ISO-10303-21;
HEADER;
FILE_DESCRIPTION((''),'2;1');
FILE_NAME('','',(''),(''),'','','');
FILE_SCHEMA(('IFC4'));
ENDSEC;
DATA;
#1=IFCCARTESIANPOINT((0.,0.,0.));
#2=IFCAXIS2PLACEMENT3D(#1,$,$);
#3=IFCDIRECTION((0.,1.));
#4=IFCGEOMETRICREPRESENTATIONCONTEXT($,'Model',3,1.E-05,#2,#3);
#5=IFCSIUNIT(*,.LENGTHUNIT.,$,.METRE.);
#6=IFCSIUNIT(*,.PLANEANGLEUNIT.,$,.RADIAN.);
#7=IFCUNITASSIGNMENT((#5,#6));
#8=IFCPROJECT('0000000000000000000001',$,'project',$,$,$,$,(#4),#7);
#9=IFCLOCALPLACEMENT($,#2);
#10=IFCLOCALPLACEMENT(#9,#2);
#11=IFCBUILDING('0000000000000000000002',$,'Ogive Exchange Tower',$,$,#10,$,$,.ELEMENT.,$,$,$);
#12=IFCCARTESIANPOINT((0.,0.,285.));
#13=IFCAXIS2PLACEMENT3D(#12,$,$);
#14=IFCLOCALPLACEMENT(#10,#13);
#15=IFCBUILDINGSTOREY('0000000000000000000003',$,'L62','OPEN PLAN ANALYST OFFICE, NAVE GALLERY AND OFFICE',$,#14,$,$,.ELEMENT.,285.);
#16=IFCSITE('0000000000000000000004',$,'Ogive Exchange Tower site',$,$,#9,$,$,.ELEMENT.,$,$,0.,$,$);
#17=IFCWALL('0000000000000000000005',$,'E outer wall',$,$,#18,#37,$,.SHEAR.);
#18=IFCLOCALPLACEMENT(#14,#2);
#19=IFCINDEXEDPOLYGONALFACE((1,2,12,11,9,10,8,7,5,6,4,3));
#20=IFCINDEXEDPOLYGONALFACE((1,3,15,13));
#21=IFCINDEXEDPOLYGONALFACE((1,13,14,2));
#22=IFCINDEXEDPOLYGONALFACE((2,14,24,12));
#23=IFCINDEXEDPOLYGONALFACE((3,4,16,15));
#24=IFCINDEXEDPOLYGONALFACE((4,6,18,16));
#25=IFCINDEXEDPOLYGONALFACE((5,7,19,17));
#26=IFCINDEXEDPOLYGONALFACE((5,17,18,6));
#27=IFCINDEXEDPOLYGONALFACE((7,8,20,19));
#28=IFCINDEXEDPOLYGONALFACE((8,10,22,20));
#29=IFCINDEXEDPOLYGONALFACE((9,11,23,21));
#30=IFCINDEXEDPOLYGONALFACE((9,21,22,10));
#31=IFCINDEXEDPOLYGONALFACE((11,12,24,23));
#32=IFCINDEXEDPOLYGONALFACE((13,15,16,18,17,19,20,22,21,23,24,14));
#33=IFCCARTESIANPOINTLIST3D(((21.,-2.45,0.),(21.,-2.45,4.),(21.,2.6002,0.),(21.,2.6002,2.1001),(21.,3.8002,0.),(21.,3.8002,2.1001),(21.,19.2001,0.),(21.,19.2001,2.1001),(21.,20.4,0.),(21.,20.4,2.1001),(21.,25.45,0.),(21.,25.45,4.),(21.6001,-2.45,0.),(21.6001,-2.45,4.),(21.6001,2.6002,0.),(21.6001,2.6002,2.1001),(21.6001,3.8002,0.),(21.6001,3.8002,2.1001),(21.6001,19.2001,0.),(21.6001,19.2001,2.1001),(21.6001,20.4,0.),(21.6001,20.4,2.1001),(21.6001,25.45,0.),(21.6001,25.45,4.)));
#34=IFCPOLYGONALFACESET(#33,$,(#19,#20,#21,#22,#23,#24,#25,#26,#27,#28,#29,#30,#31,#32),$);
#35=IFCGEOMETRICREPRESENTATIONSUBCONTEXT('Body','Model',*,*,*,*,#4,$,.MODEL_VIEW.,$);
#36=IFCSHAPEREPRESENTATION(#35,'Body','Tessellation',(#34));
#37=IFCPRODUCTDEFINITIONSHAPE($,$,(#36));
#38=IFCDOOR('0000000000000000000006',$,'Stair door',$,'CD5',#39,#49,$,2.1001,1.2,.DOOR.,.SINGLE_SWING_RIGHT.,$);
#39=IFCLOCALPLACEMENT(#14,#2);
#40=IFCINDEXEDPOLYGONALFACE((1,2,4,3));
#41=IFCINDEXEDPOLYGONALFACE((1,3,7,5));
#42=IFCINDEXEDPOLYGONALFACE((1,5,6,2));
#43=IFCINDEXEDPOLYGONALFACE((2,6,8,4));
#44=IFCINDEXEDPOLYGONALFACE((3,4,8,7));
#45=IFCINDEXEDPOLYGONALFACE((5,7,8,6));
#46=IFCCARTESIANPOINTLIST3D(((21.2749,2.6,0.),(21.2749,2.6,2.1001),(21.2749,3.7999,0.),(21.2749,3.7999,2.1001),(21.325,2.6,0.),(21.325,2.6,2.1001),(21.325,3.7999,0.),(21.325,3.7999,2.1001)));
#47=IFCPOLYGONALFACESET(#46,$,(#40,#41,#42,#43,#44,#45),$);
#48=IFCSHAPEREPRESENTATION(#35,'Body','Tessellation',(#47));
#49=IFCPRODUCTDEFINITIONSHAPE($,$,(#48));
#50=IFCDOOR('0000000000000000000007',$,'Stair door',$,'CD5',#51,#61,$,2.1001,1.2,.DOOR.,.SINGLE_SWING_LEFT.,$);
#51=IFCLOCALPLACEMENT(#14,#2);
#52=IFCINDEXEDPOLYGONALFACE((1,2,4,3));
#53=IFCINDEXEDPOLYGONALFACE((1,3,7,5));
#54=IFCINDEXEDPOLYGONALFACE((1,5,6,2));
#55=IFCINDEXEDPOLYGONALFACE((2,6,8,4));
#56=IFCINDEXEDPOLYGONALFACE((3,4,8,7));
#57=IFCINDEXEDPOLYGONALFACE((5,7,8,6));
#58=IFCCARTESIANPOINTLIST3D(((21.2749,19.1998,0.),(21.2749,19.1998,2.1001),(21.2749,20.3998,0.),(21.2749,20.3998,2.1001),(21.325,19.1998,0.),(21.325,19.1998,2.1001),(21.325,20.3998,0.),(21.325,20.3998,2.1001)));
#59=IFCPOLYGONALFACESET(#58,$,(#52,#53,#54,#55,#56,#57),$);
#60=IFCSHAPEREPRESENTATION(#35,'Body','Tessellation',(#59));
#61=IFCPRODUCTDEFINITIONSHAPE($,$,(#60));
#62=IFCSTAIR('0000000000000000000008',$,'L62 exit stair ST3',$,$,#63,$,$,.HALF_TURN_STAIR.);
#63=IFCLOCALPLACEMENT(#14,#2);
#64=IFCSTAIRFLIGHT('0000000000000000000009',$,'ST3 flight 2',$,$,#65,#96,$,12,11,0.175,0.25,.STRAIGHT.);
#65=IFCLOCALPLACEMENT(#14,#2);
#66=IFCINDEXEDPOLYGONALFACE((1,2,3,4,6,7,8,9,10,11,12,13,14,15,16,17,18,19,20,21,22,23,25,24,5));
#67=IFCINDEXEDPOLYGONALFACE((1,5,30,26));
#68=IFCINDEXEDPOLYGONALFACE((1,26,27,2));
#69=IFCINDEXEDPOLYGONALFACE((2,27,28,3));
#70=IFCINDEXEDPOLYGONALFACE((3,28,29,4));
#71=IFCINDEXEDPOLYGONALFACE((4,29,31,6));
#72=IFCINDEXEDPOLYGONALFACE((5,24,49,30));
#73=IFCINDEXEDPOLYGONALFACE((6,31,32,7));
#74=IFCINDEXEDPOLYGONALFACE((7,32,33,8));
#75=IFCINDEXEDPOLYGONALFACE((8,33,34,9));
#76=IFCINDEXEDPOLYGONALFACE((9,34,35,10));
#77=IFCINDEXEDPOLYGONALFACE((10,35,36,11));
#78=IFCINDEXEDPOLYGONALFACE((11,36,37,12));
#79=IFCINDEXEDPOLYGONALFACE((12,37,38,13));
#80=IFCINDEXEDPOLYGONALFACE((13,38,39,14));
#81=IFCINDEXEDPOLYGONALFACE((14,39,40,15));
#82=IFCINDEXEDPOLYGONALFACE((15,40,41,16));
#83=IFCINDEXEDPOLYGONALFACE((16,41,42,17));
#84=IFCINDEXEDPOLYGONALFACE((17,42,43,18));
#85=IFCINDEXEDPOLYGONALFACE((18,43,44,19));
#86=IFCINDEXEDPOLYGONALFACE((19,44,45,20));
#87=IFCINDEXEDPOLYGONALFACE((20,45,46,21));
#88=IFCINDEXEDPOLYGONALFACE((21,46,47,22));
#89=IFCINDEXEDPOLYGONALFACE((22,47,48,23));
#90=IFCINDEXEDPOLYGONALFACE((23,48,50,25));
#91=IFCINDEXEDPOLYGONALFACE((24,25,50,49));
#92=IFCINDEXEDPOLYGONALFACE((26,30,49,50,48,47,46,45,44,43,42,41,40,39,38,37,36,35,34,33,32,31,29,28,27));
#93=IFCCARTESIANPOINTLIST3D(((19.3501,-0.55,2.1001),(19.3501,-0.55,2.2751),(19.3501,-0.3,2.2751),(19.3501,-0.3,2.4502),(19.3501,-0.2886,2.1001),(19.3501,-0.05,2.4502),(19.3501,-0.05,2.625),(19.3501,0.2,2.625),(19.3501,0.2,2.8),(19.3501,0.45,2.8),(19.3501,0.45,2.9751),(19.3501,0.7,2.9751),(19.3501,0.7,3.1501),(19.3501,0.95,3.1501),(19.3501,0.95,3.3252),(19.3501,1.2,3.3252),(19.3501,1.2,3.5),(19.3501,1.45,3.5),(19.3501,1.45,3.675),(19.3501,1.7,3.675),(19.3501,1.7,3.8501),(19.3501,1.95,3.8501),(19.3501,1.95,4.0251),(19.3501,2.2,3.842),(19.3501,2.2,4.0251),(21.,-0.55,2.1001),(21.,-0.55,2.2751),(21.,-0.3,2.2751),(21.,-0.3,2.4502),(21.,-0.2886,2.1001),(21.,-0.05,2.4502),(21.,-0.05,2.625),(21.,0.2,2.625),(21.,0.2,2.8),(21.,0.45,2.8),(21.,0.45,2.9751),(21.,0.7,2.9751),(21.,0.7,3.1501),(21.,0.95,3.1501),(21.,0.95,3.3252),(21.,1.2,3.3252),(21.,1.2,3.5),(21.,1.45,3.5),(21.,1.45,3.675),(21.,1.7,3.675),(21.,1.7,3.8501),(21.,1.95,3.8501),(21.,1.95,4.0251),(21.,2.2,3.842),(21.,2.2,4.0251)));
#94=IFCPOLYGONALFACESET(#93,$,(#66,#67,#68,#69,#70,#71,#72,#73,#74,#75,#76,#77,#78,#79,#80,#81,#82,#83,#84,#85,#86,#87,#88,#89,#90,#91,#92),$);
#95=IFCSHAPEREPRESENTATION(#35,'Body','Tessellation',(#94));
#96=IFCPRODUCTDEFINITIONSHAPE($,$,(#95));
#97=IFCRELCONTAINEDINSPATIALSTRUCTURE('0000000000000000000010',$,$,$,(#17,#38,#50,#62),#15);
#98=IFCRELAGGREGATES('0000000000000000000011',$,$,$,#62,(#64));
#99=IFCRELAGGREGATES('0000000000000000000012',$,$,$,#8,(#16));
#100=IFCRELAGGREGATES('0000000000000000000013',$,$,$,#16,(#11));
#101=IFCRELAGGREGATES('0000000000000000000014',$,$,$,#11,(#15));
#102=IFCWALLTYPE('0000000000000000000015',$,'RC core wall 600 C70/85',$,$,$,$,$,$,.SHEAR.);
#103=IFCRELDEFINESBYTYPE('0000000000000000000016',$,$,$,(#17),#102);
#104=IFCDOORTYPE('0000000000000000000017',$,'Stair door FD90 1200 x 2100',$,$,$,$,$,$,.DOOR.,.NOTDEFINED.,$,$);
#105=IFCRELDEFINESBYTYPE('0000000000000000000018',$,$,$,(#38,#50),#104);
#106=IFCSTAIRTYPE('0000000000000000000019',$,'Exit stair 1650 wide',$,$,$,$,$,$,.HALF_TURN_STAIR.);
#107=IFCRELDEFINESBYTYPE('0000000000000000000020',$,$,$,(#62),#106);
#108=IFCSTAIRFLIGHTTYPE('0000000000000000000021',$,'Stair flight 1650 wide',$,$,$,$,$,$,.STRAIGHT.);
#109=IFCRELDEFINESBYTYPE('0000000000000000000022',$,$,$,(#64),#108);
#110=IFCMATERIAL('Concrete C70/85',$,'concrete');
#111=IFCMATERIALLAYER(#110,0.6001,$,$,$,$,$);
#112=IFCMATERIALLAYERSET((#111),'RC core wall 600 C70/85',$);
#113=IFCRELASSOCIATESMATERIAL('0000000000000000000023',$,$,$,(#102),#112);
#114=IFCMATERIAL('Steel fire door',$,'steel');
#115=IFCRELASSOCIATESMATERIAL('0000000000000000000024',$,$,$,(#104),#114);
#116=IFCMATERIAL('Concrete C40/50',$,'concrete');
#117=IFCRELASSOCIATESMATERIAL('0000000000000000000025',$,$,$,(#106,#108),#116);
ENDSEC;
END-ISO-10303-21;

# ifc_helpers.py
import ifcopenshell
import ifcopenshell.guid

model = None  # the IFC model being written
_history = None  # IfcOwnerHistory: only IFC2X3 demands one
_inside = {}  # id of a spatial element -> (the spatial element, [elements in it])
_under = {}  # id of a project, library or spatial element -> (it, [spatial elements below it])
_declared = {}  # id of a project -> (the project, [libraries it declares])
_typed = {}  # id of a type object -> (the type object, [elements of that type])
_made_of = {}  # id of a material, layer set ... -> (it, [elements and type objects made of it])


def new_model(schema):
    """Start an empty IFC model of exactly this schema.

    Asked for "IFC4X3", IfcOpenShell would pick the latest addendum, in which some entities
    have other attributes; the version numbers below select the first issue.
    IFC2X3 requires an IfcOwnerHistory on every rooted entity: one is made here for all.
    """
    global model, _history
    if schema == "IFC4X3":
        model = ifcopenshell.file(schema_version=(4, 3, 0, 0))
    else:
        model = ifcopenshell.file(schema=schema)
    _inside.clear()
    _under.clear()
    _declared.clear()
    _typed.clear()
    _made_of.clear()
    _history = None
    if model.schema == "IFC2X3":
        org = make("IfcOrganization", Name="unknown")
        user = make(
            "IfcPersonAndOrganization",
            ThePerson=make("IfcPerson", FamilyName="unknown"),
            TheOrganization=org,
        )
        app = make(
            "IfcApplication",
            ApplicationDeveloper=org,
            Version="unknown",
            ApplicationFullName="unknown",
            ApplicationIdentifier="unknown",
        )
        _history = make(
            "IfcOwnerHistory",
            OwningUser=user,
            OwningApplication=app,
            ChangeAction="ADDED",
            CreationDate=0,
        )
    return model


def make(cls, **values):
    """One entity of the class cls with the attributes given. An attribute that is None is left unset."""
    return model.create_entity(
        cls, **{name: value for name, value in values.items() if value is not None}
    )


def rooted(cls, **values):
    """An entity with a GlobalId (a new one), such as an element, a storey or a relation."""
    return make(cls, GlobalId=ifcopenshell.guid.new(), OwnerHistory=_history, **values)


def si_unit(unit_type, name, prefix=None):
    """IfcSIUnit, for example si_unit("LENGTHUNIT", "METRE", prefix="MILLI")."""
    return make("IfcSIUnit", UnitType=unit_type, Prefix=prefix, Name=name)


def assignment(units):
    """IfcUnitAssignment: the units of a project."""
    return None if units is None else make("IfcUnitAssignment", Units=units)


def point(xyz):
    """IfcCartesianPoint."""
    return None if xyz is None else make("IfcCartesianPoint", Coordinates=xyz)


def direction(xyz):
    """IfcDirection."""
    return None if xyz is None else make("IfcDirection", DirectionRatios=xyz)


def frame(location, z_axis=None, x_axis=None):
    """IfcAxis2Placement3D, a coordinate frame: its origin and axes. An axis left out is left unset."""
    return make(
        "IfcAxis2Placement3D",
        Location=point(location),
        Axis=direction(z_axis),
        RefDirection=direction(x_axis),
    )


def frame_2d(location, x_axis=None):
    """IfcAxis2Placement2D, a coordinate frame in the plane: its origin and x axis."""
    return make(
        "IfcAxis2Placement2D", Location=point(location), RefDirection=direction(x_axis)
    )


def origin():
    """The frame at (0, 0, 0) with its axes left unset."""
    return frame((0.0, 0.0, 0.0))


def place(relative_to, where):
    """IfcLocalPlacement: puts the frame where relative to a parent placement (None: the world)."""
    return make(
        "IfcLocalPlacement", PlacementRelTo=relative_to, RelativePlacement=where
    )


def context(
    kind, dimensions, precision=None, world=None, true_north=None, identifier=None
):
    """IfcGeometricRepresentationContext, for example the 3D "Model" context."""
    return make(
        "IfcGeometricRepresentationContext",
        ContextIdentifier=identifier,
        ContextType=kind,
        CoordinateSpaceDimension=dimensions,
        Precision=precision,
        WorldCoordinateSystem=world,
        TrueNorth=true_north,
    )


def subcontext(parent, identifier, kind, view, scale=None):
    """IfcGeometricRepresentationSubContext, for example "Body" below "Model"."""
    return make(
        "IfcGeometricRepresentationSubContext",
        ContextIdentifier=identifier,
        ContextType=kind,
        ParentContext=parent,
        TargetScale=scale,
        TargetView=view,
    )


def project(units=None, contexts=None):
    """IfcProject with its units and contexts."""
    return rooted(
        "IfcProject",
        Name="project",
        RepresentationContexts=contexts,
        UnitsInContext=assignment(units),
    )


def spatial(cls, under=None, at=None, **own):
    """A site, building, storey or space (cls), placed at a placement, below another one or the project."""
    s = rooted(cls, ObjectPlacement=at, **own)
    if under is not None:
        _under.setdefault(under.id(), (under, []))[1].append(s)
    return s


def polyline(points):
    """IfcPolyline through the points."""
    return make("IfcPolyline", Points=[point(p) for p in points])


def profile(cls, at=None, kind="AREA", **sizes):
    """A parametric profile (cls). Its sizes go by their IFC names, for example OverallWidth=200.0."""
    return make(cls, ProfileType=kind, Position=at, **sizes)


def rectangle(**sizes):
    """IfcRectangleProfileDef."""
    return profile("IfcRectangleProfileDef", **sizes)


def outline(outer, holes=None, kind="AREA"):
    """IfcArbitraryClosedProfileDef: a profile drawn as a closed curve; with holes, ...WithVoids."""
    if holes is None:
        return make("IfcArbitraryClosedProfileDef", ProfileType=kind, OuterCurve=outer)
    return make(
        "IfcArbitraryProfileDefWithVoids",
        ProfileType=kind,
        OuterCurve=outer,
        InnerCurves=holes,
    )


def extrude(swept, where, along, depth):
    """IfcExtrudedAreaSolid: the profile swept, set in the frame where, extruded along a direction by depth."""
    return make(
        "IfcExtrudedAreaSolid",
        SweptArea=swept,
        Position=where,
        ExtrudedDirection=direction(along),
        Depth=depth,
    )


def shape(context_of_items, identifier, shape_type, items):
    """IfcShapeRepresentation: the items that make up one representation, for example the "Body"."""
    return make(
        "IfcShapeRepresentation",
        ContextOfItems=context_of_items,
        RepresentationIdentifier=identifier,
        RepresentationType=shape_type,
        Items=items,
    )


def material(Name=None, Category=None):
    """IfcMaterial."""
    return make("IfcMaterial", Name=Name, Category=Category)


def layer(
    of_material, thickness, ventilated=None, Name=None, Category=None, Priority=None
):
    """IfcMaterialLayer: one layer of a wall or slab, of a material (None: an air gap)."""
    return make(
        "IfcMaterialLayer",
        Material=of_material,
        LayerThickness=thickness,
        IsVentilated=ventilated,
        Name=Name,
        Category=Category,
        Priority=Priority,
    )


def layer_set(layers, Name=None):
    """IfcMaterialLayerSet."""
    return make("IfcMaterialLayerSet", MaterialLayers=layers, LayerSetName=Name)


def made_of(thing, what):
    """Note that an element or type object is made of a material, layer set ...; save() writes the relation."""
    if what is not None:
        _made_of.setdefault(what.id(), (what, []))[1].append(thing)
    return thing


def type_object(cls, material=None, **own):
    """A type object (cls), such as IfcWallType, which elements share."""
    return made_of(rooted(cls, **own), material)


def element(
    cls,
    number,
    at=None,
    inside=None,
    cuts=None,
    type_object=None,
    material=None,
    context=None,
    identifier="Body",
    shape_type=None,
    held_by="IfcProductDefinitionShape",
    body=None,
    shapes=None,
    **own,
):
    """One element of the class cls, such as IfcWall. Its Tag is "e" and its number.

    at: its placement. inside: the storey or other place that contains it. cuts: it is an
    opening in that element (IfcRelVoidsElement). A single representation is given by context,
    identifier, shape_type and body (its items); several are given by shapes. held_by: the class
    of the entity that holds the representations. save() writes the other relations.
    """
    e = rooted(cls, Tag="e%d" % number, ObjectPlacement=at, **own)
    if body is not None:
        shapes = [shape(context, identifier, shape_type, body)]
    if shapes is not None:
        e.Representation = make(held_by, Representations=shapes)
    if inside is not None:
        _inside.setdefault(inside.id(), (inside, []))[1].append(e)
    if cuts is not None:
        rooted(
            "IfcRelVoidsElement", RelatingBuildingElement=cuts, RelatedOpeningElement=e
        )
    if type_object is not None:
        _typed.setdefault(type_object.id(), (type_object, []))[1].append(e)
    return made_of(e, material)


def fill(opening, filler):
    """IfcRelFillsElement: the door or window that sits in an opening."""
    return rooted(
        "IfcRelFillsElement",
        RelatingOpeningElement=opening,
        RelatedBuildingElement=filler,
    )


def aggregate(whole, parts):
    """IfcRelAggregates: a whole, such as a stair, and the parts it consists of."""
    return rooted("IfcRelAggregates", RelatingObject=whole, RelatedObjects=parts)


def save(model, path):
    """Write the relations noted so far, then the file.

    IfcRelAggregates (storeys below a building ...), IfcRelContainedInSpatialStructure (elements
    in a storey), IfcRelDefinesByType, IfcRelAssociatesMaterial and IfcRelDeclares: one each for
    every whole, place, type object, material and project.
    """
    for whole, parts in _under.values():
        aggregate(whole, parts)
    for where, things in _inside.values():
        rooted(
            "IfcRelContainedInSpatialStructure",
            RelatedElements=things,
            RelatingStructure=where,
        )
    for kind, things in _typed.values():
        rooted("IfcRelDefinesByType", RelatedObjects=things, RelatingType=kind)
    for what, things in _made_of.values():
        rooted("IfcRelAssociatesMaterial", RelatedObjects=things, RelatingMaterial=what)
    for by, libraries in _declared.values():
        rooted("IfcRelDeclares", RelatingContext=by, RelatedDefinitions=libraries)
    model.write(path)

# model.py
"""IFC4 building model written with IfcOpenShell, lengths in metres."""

from ifc_helpers import new_model, si_unit, direction, frame, frame_2d, origin, place, context, subcontext, project, spatial, polyline, rectangle, outline, extrude, material, layer, layer_set, type_object, element, fill, aggregate, save


model = new_model("IFC4")

# Units and contexts
model_context = context("Model", 3, precision=1e-05, world=origin(), true_north=direction((0.0, 1.0)))
body_context = subcontext(model_context, "Body", "Model", "MODEL_VIEW")
ifc_project = project(units=[si_unit("LENGTHUNIT", "METRE"), si_unit("PLANEANGLEUNIT", "RADIAN")], contexts=[model_context])

# Site, building, storey
site_placement = place(None, origin())
site = spatial("IfcSite", under=ifc_project, at=site_placement, Name="Ogive Exchange Tower site", CompositionType="ELEMENT", RefElevation=0.0)
building_placement = place(site_placement, origin())
building = spatial("IfcBuilding", under=site, at=building_placement, Name="Ogive Exchange Tower", CompositionType="ELEMENT")
storey_placement = place(building_placement, frame((0.0, 0.0, 285.0)))
storey = spatial("IfcBuildingStorey", under=building, at=storey_placement, Name="L62", Description="OPEN PLAN ANALYST OFFICE, NAVE GALLERY AND OFFICE", CompositionType="ELEMENT", Elevation=285.0)

# Wall, openings, doors
ifc_material_1 = material(Name="Concrete C70/85", Category="concrete")
ifc_layer_1 = layer(ifc_material_1, 0.6001)
ifc_layer_set_1 = layer_set([ifc_layer_1], Name="RC core wall 600 C70/85")
wall_type_1 = type_object("IfcWallType", Name="RC core wall 600 C70/85", PredefinedType="SHEAR", material=ifc_layer_set_1)
wall_1_placement = place(storey_placement, frame((21.3, -2.45, 0.0), z_axis=(0.0, 0.0, 1.0), x_axis=(0.0, 1.0, 0.0)))
wall_1 = element("IfcWall", 1, at=wall_1_placement, inside=storey, type_object=wall_type_1, Name="E outer wall", PredefinedType="SHEAR", context=body_context, shape_type="SweptSolid", body=[
    extrude(rectangle(XDim=27.8999, YDim=0.6001, at=frame_2d((13.95, 0.0))), origin(), (0.0, 0.0, 1.0), 4.0),
])
opening_1_placement = place(wall_1_placement, frame((5.05, 0.0, 0.0)))
opening_1 = element("IfcOpeningElement", 2, at=opening_1_placement, cuts=wall_1, PredefinedType="OPENING", context=body_context, shape_type="SweptSolid", body=[
    extrude(rectangle(XDim=1.2, YDim=2.1001, at=frame_2d((0.6001, 1.05))), frame((0.0, 0.3101, 0.0), z_axis=(0.0, -1.0, 0.0), x_axis=(1.0, 0.0, 0.0)), (0.0, 0.0, 1.0), 0.6201),
])
opening_2_placement = place(wall_1_placement, frame((21.6499, 0.0, 0.0)))
opening_2 = element("IfcOpeningElement", 3, at=opening_2_placement, cuts=wall_1, PredefinedType="OPENING", context=body_context, shape_type="SweptSolid", body=[
    extrude(rectangle(XDim=1.2, YDim=2.1001, at=frame_2d((0.6001, 1.05))), frame((0.0, 0.3101, 0.0), z_axis=(0.0, -1.0, 0.0), x_axis=(1.0, 0.0, 0.0)), (0.0, 0.0, 1.0), 0.6201),
])
ifc_material_2 = material(Name="Steel fire door", Category="steel")
door_type_1 = type_object("IfcDoorType", Name="Stair door FD90 1200 x 2100", OperationType="NOTDEFINED", PredefinedType="DOOR", material=ifc_material_2)
door_1_placement = place(opening_1_placement, frame((1.2, 0.0, 0.0), z_axis=(0.0, 0.0, 1.0), x_axis=(-1.0, 0.0, 0.0)))
door_1 = element("IfcDoor", 4, at=door_1_placement, inside=storey, type_object=door_type_1, Name="Stair door", ObjectType="CD5", OperationType="SINGLE_SWING_RIGHT", OverallHeight=2.1001, OverallWidth=1.2, PredefinedType="DOOR", context=body_context, shape_type="SweptSolid", body=[
    extrude(rectangle(XDim=1.2, YDim=2.1001, at=frame_2d((0.6001, 1.05))), frame((0.0, 0.0249, 0.0), z_axis=(0.0, -1.0, 0.0), x_axis=(1.0, 0.0, 0.0)), (0.0, 0.0, 1.0), 0.05),
])
fill(opening_1, door_1)
door_2_placement = place(opening_2_placement, frame((1.2, 0.0, 0.0), z_axis=(0.0, 0.0, 1.0), x_axis=(-1.0, 0.0, 0.0)))
door_2 = element("IfcDoor", 5, at=door_2_placement, inside=storey, type_object=door_type_1, Name="Stair door", ObjectType="CD5", OperationType="SINGLE_SWING_LEFT", OverallHeight=2.1001, OverallWidth=1.2, PredefinedType="DOOR", context=body_context, shape_type="SweptSolid", body=[
    extrude(rectangle(XDim=1.2, YDim=2.1001, at=frame_2d((0.6001, 1.05))), frame((0.0, 0.0249, 0.0), z_axis=(0.0, -1.0, 0.0), x_axis=(1.0, 0.0, 0.0)), (0.0, 0.0, 1.0), 0.05),
])
fill(opening_2, door_2)

# Stair, stair flight
ifc_material_3 = material(Name="Concrete C40/50", Category="concrete")
stair_type = type_object("IfcStairType", Name="Exit stair 1650 wide", PredefinedType="HALF_TURN_STAIR", material=ifc_material_3)
stair_placement = place(storey_placement, origin())
stair = element("IfcStair", 6, at=stair_placement, inside=storey, type_object=stair_type, Name="L62 exit stair ST3", PredefinedType="HALF_TURN_STAIR")
stair_flight_type = type_object("IfcStairFlightType", Name="Stair flight 1650 wide", PredefinedType="STRAIGHT", material=ifc_material_3)
stair_flight_placement = place(storey_placement, frame((20.175, -0.55, 2.1001), z_axis=(0.0, 0.0, 1.0), x_axis=(0.0, 1.0, 0.0)))
stair_flight = element("IfcStairFlight", 7, at=stair_flight_placement, type_object=stair_flight_type, Name="ST3 flight 2", NumberOfRisers=12, NumberOfTreads=11, PredefinedType="STRAIGHT", RiserHeight=0.175, TreadLength=0.25, context=body_context, shape_type="SweptSolid", body=[
    extrude(outline(polyline([(0.0, 0.0), (0.0, 0.175), (0.25, 0.175), (0.25, 0.3501), (0.5, 0.3501), (0.5, 0.5249), (0.75, 0.5249), (0.75, 0.7), (1.0, 0.7), (1.0, 0.875), (1.25, 0.875), (1.25, 1.05), (1.5, 1.05), (1.5, 1.2251), (1.75, 1.2251), (1.75, 1.3999), (2.0, 1.3999), (2.0, 1.575), (2.25, 1.575), (2.25, 1.75), (2.5, 1.75), (2.5, 1.925), (2.75, 1.925), (2.75, 2.1001), (2.75, 1.7419), (0.2615, 0.0), (0.0, 0.0)])), frame((0.0, 0.825, 0.0), z_axis=(0.0, -1.0, 0.0), x_axis=(1.0, 0.0, 0.0)), (0.0, 0.0, 1.0), 1.6499),
])
aggregate(stair, [stair_flight])

save(model, "model.ifc")
